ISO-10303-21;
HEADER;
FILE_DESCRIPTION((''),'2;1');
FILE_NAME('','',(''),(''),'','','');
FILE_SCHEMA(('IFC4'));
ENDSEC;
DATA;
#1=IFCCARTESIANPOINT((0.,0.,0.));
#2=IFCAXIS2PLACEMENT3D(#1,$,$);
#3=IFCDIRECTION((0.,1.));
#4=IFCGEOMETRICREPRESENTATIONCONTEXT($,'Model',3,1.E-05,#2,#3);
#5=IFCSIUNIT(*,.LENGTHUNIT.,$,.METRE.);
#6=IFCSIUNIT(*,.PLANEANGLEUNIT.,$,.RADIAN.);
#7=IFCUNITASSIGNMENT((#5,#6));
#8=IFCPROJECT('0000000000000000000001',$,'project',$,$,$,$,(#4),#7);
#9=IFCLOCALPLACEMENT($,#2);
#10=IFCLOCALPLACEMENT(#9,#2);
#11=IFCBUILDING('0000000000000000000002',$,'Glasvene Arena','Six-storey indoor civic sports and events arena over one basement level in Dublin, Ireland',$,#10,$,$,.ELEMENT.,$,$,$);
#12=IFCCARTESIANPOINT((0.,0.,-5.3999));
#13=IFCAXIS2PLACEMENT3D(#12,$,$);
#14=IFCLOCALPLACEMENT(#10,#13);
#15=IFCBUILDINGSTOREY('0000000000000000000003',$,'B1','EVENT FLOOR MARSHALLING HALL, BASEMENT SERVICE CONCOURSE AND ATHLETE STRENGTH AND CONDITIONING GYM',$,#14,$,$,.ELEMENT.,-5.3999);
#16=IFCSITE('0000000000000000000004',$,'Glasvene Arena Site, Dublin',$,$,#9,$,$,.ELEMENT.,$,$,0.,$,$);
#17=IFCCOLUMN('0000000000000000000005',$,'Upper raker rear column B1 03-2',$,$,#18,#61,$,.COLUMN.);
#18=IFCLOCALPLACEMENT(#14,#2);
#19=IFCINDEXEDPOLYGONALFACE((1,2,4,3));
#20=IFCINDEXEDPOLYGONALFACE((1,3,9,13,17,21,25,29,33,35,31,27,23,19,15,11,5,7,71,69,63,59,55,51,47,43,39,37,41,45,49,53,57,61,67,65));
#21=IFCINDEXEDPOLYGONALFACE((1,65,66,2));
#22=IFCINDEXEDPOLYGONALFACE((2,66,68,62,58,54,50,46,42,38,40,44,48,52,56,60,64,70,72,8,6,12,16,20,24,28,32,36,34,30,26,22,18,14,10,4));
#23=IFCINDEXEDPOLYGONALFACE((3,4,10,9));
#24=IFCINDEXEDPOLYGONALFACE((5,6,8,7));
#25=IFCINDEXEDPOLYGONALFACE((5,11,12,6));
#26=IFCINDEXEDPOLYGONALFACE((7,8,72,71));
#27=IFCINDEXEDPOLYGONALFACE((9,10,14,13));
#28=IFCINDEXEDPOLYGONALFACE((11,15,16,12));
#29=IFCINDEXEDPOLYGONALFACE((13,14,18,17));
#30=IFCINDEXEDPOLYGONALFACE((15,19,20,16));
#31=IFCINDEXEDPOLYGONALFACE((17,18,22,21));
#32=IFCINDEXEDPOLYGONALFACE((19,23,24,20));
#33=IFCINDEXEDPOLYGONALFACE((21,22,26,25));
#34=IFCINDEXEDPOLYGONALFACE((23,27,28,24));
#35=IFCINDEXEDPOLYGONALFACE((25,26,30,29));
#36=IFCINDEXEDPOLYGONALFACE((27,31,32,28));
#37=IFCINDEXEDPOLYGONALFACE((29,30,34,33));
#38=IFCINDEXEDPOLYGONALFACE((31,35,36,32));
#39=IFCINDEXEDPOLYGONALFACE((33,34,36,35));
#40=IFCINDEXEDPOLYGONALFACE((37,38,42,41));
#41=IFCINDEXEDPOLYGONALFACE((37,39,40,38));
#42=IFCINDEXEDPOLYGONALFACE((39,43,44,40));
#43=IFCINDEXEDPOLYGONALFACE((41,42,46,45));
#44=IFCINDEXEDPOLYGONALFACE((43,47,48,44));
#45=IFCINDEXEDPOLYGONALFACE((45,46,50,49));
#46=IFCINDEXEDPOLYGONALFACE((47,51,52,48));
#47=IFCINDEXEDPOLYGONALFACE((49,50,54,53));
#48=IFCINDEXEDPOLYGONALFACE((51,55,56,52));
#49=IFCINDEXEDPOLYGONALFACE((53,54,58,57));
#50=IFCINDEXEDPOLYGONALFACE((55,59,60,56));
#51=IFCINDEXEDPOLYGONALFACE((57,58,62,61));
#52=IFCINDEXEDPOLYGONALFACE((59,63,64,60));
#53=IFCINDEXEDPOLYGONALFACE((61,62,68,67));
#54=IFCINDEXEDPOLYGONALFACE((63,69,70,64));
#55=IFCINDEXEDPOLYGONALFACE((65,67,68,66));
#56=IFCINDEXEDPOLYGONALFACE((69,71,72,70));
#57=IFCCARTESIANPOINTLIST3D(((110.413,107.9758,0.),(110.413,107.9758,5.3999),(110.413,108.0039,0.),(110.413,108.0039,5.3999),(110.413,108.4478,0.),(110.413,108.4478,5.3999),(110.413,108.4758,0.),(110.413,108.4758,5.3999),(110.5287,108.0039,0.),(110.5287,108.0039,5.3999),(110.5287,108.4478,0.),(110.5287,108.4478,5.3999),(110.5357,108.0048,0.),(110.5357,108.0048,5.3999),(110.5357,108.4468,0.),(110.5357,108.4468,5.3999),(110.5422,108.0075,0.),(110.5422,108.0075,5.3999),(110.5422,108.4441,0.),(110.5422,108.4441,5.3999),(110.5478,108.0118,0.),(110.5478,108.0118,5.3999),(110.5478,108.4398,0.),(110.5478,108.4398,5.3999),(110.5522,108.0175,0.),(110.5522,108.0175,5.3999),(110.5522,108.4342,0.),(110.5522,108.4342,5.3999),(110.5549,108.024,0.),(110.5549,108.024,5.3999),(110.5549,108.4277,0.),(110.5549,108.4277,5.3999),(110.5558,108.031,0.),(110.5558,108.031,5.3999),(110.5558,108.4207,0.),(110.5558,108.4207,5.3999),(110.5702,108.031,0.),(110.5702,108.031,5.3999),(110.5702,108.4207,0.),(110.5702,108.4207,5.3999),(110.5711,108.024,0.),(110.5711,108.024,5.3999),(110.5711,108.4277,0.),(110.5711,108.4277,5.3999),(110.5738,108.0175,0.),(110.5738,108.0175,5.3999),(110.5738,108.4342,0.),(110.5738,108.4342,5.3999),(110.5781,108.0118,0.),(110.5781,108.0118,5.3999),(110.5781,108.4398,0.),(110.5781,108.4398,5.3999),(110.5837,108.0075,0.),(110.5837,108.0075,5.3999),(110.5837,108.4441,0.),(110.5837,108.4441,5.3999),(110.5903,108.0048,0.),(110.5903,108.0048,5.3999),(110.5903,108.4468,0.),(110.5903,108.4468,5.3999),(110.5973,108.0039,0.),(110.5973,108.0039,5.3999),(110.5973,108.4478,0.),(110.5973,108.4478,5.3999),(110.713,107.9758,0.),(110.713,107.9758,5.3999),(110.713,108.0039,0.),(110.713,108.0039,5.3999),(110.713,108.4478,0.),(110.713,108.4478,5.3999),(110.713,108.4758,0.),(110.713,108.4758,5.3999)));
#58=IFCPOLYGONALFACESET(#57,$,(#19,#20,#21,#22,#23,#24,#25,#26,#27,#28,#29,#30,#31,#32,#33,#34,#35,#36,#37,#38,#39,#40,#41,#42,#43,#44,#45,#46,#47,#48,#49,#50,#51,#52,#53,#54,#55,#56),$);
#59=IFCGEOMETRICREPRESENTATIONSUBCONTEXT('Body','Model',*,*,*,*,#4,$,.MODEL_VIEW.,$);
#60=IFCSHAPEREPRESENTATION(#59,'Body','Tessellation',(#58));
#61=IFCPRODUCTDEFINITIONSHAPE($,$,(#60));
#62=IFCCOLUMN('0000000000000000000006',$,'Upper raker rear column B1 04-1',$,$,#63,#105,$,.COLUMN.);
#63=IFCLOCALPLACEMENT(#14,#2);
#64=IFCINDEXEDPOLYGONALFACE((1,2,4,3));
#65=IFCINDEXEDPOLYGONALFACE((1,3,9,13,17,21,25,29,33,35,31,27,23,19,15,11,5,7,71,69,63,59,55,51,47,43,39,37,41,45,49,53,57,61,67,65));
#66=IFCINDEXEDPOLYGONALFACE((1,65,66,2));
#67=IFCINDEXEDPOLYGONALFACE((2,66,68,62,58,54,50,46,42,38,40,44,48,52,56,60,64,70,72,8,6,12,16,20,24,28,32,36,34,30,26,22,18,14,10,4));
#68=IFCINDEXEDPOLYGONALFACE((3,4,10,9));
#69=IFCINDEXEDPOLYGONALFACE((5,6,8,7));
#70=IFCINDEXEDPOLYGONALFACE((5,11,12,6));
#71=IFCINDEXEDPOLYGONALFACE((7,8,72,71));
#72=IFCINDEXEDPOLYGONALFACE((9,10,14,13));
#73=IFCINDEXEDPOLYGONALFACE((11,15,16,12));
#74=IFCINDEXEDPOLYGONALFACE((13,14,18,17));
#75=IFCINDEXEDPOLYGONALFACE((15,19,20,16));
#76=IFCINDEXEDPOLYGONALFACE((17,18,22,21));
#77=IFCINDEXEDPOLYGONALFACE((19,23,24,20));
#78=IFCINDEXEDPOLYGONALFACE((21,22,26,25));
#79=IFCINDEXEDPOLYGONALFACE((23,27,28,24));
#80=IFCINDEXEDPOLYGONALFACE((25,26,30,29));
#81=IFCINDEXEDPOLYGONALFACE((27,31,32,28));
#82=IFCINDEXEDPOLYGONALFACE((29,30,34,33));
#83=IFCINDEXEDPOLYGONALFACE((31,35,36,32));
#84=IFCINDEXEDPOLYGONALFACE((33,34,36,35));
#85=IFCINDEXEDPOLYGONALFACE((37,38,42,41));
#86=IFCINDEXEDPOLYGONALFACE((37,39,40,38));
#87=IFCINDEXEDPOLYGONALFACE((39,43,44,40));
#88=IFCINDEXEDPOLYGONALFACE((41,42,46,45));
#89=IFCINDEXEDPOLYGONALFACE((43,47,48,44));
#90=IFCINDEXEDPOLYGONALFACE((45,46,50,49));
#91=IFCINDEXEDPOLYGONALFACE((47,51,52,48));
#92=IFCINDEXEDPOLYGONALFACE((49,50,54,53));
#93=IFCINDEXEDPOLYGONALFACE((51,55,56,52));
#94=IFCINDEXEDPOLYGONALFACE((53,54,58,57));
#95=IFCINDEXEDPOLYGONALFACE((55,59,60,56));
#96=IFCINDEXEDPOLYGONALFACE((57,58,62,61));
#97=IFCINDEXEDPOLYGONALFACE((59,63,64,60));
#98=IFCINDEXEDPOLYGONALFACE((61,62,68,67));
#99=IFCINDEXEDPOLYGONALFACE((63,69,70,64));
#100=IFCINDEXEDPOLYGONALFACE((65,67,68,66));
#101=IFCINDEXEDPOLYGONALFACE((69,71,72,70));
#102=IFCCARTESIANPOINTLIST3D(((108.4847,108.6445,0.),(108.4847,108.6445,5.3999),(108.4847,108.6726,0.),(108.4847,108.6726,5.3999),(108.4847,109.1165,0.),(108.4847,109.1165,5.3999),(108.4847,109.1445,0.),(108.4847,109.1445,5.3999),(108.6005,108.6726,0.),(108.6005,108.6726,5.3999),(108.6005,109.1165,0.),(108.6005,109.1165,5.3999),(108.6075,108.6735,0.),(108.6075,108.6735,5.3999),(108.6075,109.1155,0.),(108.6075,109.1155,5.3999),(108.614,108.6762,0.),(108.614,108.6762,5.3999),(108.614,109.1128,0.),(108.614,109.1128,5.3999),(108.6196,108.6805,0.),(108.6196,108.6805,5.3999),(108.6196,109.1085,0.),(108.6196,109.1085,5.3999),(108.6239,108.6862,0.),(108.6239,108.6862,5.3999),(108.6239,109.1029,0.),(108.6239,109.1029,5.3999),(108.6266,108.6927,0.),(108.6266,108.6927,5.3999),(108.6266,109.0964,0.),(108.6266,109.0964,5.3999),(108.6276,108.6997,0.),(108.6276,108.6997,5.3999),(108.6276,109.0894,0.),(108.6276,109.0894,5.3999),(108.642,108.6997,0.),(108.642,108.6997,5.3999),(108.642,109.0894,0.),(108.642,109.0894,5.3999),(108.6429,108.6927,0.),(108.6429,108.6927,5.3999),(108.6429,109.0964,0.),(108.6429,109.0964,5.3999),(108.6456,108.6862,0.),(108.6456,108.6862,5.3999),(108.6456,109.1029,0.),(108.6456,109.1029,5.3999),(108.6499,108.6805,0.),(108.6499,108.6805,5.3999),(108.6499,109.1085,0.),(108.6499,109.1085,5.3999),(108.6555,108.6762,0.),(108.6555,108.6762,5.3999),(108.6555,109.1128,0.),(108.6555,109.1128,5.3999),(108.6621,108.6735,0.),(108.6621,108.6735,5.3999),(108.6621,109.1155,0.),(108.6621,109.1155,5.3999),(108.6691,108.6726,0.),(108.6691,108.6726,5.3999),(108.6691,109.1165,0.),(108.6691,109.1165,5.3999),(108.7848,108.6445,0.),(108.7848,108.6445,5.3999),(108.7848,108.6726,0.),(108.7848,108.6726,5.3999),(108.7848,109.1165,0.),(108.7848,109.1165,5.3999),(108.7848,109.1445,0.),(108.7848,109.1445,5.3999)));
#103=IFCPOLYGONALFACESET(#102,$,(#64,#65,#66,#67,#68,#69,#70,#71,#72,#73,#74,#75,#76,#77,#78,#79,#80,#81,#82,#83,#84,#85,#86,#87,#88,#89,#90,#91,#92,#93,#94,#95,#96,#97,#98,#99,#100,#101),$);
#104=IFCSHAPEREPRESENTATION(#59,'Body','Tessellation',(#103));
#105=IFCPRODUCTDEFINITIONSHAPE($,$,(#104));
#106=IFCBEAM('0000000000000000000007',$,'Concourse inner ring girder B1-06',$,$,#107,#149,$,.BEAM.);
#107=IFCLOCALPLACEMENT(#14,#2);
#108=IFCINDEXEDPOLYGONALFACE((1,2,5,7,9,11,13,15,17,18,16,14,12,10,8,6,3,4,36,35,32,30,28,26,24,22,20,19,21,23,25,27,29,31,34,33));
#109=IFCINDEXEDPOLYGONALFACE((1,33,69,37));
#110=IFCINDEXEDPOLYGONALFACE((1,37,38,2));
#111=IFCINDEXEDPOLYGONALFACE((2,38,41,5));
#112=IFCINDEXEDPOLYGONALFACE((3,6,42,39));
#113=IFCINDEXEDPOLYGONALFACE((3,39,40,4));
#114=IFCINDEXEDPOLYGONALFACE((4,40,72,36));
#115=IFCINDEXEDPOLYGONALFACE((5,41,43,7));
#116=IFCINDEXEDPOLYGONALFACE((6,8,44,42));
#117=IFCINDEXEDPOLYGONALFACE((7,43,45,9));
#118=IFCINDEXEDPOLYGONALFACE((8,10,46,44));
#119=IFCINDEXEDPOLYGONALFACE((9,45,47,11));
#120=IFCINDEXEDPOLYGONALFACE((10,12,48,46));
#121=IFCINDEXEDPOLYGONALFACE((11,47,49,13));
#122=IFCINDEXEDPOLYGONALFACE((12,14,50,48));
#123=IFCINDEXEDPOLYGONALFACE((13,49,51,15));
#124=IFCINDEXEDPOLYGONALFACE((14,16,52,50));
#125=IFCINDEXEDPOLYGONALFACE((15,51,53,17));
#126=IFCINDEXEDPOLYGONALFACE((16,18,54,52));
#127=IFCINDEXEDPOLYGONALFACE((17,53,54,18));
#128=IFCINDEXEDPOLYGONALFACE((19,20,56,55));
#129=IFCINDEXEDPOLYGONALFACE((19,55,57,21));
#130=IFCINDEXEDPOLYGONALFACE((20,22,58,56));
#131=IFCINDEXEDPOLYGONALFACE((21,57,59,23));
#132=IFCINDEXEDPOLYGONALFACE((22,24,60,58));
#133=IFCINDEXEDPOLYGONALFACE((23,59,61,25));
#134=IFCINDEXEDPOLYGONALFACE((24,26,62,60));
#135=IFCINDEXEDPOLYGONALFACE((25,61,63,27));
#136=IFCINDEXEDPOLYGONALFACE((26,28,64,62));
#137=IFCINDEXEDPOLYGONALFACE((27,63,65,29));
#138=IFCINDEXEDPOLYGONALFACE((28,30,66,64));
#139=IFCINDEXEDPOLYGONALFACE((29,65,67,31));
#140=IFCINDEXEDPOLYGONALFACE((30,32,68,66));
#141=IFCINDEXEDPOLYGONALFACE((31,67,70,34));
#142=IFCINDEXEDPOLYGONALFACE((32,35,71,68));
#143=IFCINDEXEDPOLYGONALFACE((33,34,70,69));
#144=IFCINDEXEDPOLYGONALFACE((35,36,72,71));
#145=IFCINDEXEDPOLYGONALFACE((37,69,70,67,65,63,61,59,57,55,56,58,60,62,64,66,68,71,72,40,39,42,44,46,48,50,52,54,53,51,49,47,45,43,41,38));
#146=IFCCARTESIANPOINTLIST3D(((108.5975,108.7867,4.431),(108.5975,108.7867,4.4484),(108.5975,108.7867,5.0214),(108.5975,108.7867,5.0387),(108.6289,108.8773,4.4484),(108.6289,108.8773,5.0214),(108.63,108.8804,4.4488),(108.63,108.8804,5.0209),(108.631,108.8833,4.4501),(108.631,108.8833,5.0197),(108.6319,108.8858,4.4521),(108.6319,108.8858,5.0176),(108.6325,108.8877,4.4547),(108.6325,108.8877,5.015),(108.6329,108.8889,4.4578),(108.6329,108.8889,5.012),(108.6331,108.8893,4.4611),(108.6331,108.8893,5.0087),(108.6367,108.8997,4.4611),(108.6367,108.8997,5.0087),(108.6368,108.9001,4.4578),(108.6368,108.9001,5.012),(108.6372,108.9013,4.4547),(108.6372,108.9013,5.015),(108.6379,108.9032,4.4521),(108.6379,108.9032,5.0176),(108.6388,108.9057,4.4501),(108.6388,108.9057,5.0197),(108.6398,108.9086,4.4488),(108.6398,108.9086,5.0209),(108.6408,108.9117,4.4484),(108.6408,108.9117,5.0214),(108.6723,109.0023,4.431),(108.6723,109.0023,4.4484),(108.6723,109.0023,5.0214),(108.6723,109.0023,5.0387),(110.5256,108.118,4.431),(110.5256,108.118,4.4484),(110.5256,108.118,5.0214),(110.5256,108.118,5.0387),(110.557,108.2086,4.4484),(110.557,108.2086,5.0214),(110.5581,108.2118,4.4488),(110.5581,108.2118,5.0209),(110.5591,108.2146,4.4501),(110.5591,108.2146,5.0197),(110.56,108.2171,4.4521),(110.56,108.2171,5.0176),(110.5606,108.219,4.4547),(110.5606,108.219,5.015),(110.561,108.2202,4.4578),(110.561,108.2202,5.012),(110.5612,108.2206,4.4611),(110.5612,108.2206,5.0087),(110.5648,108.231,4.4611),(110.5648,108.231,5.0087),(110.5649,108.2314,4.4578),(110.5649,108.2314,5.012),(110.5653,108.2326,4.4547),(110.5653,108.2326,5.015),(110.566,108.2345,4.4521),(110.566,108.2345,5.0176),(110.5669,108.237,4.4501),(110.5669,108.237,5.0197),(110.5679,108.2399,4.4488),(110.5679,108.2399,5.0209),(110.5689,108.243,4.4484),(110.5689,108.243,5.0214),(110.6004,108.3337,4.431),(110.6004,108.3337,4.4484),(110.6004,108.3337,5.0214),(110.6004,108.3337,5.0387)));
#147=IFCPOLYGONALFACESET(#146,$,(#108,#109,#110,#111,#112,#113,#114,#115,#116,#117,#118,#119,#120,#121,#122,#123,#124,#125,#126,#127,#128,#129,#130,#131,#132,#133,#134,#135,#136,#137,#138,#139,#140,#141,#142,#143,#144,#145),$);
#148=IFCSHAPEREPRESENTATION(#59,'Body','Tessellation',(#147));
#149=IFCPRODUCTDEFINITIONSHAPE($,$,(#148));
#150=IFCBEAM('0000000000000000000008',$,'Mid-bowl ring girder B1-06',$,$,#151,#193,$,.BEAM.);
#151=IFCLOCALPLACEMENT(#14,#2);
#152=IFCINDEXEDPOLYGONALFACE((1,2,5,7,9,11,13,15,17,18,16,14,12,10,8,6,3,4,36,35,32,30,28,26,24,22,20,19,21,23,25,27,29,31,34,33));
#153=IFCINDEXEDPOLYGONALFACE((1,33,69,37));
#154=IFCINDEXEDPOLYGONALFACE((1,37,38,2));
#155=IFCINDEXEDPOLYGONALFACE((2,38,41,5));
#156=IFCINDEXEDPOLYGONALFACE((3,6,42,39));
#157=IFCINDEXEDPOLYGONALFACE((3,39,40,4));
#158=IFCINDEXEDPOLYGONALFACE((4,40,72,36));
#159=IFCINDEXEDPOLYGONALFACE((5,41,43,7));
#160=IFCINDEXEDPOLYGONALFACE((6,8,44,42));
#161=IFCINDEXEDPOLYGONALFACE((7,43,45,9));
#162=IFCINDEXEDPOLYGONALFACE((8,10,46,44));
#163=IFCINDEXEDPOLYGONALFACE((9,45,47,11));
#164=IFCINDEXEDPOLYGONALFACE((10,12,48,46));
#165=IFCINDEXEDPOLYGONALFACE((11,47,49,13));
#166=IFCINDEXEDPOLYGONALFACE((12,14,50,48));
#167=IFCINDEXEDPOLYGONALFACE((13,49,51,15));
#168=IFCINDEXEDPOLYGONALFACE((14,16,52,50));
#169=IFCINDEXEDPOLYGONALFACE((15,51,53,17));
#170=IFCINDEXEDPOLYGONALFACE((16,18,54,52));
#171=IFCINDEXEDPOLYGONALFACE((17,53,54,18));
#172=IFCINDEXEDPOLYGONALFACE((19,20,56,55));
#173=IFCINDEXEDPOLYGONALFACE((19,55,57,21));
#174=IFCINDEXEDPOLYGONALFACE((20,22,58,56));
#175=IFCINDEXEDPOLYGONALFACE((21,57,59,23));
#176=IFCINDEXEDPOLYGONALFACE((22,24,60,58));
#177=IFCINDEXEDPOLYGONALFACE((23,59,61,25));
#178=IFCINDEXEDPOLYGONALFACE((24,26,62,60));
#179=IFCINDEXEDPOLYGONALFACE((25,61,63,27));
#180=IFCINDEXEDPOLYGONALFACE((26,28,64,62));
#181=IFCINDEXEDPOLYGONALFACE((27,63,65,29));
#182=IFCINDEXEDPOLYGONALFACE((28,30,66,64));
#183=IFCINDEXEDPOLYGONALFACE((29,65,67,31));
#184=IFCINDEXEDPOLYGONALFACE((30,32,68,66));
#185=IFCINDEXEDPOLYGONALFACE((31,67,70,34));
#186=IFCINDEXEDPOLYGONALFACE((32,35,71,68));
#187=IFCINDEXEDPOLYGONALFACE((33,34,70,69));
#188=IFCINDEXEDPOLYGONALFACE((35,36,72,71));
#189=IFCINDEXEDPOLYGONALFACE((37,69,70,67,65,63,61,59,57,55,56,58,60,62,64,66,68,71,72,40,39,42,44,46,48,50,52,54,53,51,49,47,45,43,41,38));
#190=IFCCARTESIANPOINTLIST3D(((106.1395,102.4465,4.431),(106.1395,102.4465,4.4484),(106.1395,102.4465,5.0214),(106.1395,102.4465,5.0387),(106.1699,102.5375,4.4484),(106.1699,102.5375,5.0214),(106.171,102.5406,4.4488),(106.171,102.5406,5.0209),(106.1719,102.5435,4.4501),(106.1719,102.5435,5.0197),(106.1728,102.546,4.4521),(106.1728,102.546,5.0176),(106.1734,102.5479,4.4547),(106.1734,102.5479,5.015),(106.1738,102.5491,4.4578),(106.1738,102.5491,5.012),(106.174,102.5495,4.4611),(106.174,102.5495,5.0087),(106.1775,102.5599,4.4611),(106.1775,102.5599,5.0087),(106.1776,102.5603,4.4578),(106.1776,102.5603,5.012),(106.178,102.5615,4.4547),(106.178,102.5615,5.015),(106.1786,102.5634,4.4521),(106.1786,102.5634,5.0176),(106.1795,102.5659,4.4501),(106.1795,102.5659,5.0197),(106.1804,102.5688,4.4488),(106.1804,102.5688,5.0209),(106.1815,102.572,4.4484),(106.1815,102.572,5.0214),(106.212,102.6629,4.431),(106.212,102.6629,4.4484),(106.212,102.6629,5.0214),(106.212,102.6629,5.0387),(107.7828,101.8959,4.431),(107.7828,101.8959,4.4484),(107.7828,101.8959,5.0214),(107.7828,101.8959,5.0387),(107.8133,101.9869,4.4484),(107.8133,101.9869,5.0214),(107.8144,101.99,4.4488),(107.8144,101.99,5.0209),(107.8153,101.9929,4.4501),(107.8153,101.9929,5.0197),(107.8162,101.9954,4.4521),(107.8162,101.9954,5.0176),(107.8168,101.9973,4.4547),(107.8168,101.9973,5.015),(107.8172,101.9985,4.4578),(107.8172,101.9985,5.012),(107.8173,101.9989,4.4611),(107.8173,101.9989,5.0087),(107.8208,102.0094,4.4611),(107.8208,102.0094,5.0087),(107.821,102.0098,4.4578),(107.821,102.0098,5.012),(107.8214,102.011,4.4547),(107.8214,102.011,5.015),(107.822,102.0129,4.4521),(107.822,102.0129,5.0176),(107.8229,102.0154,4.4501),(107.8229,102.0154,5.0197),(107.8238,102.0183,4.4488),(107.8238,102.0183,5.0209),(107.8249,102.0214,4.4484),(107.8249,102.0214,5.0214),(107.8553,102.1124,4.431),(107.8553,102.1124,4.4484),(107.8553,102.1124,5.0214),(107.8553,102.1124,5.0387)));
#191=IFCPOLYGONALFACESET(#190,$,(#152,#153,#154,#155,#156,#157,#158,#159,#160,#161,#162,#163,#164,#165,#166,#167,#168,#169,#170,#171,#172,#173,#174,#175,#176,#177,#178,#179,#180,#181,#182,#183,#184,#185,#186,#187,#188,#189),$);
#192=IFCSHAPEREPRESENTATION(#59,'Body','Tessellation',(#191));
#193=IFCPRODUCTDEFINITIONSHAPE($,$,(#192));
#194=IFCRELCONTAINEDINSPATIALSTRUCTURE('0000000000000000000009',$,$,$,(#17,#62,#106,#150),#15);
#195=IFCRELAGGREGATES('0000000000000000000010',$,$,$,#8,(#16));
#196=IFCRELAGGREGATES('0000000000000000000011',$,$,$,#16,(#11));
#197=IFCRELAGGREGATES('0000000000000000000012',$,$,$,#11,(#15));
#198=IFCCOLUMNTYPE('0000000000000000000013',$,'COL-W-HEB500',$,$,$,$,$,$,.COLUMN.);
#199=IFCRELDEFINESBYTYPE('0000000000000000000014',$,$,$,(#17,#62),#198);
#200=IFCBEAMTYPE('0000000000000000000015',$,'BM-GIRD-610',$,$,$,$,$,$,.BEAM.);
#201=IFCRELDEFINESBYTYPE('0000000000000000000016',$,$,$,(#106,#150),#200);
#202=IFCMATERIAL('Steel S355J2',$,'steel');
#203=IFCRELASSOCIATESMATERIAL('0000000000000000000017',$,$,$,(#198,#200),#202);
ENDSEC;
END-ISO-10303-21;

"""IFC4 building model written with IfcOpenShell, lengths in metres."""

from ifc_helpers import new_model, si_unit, direction, frame, origin, origin_2d, place, context, subcontext, project, spatial, i_section, extrude, material, material_profile, profile_set, type_object, element, save


model = new_model("IFC4")

# Units and contexts
model_context = context("Model", 3, precision=1e-05, world=origin(), true_north=direction((0.0, 1.0)))
body_context = subcontext(model_context, "Body", "Model", "MODEL_VIEW")
ifc_project = project(units=[si_unit("LENGTHUNIT", "METRE"), si_unit("PLANEANGLEUNIT", "RADIAN")], contexts=[model_context])

# Site, building, storey
site_placement = place(None, origin())
site = spatial("IfcSite", under=ifc_project, at=site_placement, Name="Glasvene Arena Site, Dublin", CompositionType="ELEMENT", RefElevation=0.0)
building_placement = place(site_placement, origin())
building = spatial("IfcBuilding", under=site, at=building_placement, Name="Glasvene Arena", Description="Six-storey indoor civic sports and events arena over one basement level in Dublin, Ireland", CompositionType="ELEMENT")
storey_placement = place(building_placement, frame((0.0, 0.0, -5.3999)))
storey = spatial("IfcBuildingStorey", under=building, at=storey_placement, Name="B1", Description="EVENT FLOOR MARSHALLING HALL, BASEMENT SERVICE CONCOURSE AND ATHLETE STRENGTH AND CONDITIONING GYM", CompositionType="ELEMENT", Elevation=-5.3999)

# Columns
ifc_material_1 = material(Name="Steel S355J2", Category="steel")
ifc_material_profile_1 = material_profile(ifc_material_1, i_section(OverallWidth=0.3, OverallDepth=0.5, WebThickness=0.0144, FlangeThickness=0.0281, FilletRadius=0.0271, at=origin_2d()), Name="HEB 500")
ifc_profile_set_1 = profile_set([ifc_material_profile_1], Name="Steel S355J2")
column_type_1 = type_object("IfcColumnType", Name="COL-W-HEB500", PredefinedType="COLUMN", material=ifc_profile_set_1)
for number, where, z_axis, x_axis, name in (
    (1, (110.563, 108.2258, 0.0), (0.0, 0.0, 1.0), (1.0, 0.0, 0.0), "Upper raker rear column B1 03-2"),
    (2, (108.6348, 108.8945, 0.0), (0.0, 0.0, 1.0), (1.0, 0.0, 0.0), "Upper raker rear column B1 04-1"),
):
    element("IfcColumn", number, at=place(storey_placement, frame(where, z_axis=z_axis, x_axis=x_axis)), inside=storey, type_object=column_type_1, Name=name, PredefinedType="COLUMN", context=body_context, shape_type="SweptSolid", body=[
        extrude(i_section(OverallWidth=0.3, OverallDepth=0.5, WebThickness=0.0144, FlangeThickness=0.0281, FilletRadius=0.0271, at=origin_2d()), origin(), (0.0, 0.0, 1.0), 5.3999),
    ])

# Beams
ifc_material_profile_2 = material_profile(ifc_material_1, i_section(OverallWidth=0.2283, OverallDepth=0.6077, WebThickness=0.011, FlangeThickness=0.0173, FilletRadius=0.0127, at=origin_2d()), Name="UKB 610x229x113")
ifc_profile_set_2 = profile_set([ifc_material_profile_2], Name="Steel S355J2")
beam_type_1 = type_object("IfcBeamType", Name="BM-GIRD-610", PredefinedType="BEAM", material=ifc_profile_set_2)
beam_1_placement = place(storey_placement, frame((110.563, 108.2258, 4.7349), z_axis=(-0.944798, 0.327653, 0.0), x_axis=(-0.327653, -0.944798, 0.0)))
element("IfcBeam", 3, at=beam_1_placement, inside=storey, type_object=beam_type_1, Name="Concourse inner ring girder B1-06", PredefinedType="BEAM", context=body_context, shape_type="SweptSolid", body=[
    extrude(i_section(OverallWidth=0.2283, OverallDepth=0.6077, WebThickness=0.011, FlangeThickness=0.0173, FilletRadius=0.0127, at=origin_2d()), origin(), (0.0, 0.0, 1.0), 2.0408),
])
beam_2_placement = place(storey_placement, frame((107.8191, 102.0042, 4.7349), z_axis=(-0.948203, 0.317664, 0.0), x_axis=(-0.317664, -0.948203, 0.0)))
element("IfcBeam", 4, at=beam_2_placement, inside=storey, type_object=beam_type_1, Name="Mid-bowl ring girder B1-06", PredefinedType="BEAM", context=body_context, shape_type="SweptSolid", body=[
    extrude(i_section(OverallWidth=0.2283, OverallDepth=0.6077, WebThickness=0.011, FlangeThickness=0.0173, FilletRadius=0.0127, at=origin_2d()), origin(), (0.0, 0.0, 1.0), 1.7332),
])

save(model, "model.ifc")
